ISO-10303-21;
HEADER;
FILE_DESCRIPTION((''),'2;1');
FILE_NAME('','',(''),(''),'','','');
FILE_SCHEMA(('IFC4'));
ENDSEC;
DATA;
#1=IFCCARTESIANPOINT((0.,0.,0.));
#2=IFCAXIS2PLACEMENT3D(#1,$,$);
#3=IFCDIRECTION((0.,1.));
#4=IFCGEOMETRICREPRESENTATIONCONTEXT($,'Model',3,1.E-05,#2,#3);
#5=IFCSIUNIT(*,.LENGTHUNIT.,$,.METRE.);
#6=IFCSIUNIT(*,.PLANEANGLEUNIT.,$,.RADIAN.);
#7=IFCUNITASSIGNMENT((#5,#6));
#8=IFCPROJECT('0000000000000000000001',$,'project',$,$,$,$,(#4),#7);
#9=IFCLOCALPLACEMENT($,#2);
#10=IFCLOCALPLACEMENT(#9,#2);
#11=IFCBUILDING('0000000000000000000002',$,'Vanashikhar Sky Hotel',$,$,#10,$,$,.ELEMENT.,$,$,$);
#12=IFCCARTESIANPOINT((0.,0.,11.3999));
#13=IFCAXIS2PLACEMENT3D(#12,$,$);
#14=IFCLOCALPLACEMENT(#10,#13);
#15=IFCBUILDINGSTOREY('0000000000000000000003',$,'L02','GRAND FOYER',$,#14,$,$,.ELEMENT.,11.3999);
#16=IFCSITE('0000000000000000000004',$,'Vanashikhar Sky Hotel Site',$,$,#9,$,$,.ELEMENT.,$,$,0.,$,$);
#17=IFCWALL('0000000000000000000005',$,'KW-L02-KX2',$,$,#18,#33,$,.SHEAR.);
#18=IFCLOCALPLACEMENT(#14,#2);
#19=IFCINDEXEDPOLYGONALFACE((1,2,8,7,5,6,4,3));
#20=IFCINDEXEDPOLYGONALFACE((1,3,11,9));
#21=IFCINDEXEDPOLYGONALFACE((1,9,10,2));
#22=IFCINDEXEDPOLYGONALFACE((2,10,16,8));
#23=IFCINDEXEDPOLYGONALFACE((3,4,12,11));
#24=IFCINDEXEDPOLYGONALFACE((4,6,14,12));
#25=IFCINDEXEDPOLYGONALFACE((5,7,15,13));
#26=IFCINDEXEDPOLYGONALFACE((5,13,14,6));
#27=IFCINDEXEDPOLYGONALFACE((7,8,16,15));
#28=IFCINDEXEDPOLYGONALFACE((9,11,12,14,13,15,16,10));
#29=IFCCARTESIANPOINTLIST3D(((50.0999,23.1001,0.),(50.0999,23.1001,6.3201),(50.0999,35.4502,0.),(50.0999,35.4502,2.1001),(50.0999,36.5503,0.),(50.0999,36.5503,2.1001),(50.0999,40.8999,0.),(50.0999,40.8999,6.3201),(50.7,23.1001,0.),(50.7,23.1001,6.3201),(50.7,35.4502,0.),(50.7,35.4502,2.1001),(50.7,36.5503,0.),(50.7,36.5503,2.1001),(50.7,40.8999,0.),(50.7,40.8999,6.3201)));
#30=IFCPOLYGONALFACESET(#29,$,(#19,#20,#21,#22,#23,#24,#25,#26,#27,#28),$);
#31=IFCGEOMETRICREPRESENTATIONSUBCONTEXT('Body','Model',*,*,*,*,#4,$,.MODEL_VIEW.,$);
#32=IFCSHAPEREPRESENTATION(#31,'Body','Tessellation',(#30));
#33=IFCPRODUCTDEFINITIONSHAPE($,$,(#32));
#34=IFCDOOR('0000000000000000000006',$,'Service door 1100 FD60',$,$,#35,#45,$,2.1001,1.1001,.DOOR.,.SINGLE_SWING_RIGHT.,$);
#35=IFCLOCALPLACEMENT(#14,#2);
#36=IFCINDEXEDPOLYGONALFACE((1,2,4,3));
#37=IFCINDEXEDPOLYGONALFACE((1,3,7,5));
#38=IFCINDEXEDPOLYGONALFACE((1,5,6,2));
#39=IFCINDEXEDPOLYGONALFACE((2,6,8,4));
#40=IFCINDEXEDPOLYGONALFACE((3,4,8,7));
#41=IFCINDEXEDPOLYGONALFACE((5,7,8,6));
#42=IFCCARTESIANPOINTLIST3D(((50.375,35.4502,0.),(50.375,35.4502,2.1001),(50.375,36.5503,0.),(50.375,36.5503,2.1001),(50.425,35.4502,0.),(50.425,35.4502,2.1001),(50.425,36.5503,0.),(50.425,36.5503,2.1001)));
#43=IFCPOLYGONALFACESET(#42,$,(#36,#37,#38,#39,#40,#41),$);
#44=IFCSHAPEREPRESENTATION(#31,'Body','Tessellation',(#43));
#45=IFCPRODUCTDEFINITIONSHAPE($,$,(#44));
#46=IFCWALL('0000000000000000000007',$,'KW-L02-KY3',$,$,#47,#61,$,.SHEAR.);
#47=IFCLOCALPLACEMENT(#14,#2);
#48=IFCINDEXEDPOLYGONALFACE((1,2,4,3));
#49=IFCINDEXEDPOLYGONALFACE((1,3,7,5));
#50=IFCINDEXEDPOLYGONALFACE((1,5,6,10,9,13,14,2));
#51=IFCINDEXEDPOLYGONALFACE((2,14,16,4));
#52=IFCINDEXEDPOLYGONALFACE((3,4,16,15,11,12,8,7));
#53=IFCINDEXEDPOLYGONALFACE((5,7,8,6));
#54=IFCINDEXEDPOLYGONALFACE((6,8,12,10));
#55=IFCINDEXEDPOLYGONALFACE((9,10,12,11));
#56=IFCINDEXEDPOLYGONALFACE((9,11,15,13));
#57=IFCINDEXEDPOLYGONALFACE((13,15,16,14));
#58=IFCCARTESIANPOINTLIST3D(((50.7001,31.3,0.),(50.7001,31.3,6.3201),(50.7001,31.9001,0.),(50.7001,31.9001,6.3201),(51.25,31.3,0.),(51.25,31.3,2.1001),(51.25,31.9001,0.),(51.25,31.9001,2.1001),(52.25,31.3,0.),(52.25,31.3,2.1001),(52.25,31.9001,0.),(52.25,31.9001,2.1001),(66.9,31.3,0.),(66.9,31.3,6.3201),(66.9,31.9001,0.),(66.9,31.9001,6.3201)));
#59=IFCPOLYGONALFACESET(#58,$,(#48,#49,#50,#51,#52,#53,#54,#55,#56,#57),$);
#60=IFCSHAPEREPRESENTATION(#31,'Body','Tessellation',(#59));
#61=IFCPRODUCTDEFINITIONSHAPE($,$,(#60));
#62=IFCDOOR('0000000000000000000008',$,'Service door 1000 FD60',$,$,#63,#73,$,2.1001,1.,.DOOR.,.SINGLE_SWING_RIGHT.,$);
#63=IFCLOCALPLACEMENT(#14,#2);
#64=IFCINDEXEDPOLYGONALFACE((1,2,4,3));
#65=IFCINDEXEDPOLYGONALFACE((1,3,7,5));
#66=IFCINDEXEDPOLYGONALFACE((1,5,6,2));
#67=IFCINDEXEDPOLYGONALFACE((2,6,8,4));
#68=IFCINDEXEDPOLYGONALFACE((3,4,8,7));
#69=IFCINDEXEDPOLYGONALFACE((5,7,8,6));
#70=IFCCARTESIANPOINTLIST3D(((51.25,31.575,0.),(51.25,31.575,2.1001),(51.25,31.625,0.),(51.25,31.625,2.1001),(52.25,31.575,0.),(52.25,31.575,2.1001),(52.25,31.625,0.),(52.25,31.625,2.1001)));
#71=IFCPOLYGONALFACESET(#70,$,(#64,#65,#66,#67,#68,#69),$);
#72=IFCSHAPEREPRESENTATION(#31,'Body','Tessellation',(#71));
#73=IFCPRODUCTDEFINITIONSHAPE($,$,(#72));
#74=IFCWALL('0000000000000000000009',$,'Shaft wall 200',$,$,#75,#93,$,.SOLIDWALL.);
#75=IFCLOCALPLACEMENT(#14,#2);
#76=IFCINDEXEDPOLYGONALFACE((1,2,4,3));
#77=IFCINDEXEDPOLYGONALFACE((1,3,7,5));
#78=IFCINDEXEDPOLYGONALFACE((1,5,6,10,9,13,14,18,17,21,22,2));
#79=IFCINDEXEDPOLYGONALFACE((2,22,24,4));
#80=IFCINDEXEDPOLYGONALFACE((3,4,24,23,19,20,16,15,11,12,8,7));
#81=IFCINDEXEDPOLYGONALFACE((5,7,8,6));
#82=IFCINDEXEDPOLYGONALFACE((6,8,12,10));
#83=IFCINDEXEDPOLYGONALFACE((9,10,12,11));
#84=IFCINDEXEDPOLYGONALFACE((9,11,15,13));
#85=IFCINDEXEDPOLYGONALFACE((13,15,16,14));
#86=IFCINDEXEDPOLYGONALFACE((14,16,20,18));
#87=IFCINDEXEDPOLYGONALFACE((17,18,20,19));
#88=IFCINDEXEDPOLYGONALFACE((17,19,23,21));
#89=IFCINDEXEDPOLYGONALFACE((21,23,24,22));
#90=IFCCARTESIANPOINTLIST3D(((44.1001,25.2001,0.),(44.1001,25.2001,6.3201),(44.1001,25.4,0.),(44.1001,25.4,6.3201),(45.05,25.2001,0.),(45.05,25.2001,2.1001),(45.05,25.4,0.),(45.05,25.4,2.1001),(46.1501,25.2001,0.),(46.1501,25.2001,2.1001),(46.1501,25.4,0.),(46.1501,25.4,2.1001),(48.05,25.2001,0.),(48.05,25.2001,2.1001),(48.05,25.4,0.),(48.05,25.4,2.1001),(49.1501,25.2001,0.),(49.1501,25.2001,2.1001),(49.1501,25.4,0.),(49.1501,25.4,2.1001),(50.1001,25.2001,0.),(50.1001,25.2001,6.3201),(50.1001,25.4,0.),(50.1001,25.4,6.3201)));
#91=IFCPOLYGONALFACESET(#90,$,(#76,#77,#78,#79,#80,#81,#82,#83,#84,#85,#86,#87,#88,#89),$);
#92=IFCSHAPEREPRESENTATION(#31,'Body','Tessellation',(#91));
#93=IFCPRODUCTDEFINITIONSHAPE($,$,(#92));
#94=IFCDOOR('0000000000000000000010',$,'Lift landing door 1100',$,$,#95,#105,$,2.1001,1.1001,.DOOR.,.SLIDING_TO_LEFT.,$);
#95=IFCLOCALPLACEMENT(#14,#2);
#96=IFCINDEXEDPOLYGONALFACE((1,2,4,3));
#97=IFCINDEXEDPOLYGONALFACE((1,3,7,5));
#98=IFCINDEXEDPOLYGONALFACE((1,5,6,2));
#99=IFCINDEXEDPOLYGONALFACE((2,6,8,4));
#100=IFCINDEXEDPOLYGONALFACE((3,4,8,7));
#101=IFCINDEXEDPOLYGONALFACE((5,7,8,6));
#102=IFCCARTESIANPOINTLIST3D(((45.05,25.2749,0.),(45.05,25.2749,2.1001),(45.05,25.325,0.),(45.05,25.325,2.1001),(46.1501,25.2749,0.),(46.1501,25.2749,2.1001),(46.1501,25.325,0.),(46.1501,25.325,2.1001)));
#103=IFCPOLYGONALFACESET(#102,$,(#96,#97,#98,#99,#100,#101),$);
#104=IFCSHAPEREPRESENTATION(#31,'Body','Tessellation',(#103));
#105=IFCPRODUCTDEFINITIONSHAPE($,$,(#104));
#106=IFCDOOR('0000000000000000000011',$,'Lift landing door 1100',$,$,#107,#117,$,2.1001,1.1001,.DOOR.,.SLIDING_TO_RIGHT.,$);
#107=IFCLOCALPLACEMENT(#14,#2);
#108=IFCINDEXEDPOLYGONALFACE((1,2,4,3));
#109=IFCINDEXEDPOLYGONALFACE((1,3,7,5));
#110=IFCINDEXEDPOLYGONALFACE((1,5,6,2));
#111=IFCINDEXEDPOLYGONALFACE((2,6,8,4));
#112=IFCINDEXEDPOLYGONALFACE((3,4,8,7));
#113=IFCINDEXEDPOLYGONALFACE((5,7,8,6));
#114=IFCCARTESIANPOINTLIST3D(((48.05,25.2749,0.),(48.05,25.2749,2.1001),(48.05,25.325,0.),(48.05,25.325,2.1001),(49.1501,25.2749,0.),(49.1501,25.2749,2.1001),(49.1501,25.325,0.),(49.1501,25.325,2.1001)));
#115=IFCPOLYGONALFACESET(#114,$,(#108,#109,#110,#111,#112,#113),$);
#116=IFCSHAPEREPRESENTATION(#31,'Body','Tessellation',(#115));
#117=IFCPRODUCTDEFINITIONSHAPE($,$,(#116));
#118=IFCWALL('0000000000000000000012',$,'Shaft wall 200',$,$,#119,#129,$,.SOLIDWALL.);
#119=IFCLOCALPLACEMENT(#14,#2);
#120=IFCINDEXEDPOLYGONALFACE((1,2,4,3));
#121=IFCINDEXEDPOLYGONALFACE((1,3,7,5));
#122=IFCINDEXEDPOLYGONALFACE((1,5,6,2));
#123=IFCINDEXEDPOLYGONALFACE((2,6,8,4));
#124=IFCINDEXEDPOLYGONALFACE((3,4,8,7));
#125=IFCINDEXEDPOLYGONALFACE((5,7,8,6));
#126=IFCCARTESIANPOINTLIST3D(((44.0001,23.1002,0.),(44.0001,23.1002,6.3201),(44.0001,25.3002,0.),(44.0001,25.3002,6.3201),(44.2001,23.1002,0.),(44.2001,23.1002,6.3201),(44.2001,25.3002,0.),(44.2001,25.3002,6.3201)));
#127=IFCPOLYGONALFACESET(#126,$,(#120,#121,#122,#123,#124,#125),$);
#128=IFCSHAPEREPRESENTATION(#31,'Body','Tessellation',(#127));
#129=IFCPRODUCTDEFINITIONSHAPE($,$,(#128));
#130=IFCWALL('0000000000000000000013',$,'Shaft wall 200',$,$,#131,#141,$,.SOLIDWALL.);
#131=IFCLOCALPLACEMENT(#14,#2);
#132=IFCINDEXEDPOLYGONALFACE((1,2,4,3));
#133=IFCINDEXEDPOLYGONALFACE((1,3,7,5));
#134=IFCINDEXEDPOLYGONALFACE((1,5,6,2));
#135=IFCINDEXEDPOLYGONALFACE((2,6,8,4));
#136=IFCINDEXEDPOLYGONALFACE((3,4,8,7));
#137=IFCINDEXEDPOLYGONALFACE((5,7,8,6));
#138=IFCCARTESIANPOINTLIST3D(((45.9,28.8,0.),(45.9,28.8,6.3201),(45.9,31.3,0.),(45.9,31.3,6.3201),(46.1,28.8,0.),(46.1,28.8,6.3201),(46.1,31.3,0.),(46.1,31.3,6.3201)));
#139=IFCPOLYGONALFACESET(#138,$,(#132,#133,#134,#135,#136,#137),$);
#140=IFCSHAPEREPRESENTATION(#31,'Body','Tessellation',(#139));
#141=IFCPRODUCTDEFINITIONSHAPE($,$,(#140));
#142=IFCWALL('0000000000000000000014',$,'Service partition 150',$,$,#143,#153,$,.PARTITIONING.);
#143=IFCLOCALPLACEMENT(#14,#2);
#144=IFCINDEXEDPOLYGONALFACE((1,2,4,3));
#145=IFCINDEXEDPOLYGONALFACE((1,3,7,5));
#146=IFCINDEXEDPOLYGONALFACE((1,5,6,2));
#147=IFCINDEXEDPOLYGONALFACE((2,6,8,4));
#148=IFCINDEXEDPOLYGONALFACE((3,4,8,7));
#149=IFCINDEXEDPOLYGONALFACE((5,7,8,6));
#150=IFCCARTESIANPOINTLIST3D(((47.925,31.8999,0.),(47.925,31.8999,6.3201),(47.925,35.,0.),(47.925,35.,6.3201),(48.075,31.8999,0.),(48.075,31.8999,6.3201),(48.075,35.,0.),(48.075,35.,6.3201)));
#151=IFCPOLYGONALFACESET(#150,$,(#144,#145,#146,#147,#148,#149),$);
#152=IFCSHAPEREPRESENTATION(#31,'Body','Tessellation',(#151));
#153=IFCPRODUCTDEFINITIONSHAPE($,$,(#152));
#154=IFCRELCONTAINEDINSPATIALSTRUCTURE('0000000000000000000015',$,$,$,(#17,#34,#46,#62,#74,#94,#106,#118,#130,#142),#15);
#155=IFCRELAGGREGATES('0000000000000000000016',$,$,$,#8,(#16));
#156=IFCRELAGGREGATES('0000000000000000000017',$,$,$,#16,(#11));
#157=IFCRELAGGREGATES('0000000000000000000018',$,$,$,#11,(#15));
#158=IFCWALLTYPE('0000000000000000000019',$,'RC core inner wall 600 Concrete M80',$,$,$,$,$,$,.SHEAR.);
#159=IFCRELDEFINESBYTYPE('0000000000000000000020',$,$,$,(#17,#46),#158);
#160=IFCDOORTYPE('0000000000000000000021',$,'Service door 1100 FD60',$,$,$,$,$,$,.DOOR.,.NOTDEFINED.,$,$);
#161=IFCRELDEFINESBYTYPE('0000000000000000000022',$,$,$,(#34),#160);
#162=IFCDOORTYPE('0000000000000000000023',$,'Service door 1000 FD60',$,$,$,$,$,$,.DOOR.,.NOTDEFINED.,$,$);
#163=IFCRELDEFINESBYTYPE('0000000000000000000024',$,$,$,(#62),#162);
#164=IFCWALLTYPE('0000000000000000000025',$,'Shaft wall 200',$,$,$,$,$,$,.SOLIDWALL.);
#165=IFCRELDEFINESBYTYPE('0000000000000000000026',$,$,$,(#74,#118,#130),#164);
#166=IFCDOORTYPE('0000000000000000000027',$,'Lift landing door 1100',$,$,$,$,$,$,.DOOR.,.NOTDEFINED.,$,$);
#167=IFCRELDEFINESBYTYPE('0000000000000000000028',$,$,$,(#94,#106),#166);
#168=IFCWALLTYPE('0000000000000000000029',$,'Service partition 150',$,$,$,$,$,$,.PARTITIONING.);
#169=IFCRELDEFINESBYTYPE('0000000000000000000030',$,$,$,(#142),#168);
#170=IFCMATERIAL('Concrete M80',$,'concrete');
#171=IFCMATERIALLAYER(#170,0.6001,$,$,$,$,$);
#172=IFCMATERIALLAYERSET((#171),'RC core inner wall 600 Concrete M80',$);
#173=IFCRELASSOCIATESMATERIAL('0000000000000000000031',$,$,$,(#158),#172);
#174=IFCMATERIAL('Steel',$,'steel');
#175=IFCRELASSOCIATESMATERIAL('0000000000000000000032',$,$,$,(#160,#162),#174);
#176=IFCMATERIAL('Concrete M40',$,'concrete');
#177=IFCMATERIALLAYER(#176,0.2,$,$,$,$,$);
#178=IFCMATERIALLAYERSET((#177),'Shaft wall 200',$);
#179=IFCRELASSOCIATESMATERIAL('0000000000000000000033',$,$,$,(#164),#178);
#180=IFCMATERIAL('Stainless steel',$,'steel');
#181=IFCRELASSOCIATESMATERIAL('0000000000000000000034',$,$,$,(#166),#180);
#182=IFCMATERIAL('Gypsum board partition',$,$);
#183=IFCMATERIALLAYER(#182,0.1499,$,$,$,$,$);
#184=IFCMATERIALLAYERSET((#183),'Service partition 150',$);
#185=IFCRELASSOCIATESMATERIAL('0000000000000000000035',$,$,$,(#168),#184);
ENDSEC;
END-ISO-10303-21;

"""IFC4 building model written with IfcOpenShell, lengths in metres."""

from ifc_helpers import new_model, si_unit, direction, frame, frame_2d, origin, place, context, subcontext, project, spatial, rectangle, extrude, source, transform, mapped, material, layer, layer_set, type_object, element, fill, save


model = new_model("IFC4")

# Units and contexts
model_context = context("Model", 3, precision=1e-05, world=origin(), true_north=direction((0.0, 1.0)))
body_context = subcontext(model_context, "Body", "Model", "MODEL_VIEW")
ifc_project = project(units=[si_unit("LENGTHUNIT", "METRE"), si_unit("PLANEANGLEUNIT", "RADIAN")], contexts=[model_context])

# Site, building, storey
site_placement = place(None, origin())
site = spatial("IfcSite", under=ifc_project, at=site_placement, Name="Vanashikhar Sky Hotel Site", CompositionType="ELEMENT", RefElevation=0.0)
building_placement = place(site_placement, origin())
building = spatial("IfcBuilding", under=site, at=building_placement, Name="Vanashikhar Sky Hotel", CompositionType="ELEMENT")
storey_placement = place(building_placement, frame((0.0, 0.0, 11.3999)))
storey = spatial("IfcBuildingStorey", under=building, at=storey_placement, Name="L02", Description="GRAND FOYER", CompositionType="ELEMENT", Elevation=11.3999)

# Walls, openings, doors
ifc_material_1 = material(Name="Concrete M80", Category="concrete")
ifc_layer_1 = layer(ifc_material_1, 0.6001)
ifc_layer_set_1 = layer_set([ifc_layer_1], Name="RC core inner wall 600 Concrete M80")
wall_type_1 = type_object("IfcWallType", Name="RC core inner wall 600 Concrete M80", PredefinedType="SHEAR", material=ifc_layer_set_1)
shared_shape_1 = source(origin(), body_context, "Body", "SweptSolid", [
    extrude(rectangle(XDim=17.7998, YDim=0.6001, at=frame_2d((8.8999, 0.0))), origin(), (0.0, 0.0, 1.0), 6.3201),
])
wall_1_placement = place(storey_placement, frame((50.3999, 23.1001, 0.0), z_axis=(0.0, 0.0, 1.0), x_axis=(0.0, 1.0, 0.0)))
wall_1 = element("IfcWall", 1, at=wall_1_placement, inside=storey, type_object=wall_type_1, Name="KW-L02-KX2", PredefinedType="SHEAR", context=body_context, shape_type="MappedRepresentation", body=[
    mapped(shared_shape_1, transform((0.0, 0.0, 0.0), scale=1.0)),
])
shared_shape_2 = source(origin(), body_context, "Body", "SweptSolid", [
    extrude(rectangle(XDim=1.1001, YDim=2.1001, at=frame_2d((0.55, 1.05))), frame((0.0, 0.3101, 0.0), z_axis=(0.0, -1.0, 0.0), x_axis=(1.0, 0.0, 0.0)), (0.0, 0.0, 1.0), 0.6201),
])
opening_1_placement = place(wall_1_placement, frame((12.3501, 0.0, 0.0)))
opening_1 = element("IfcOpeningElement", 2, at=opening_1_placement, cuts=wall_1, PredefinedType="OPENING", context=body_context, shape_type="MappedRepresentation", body=[
    mapped(shared_shape_2, transform((0.0, 0.0, 0.0), scale=1.0)),
])
ifc_material_2 = material(Name="Steel", Category="steel")
door_type_1 = type_object("IfcDoorType", Name="Service door 1100 FD60", OperationType="NOTDEFINED", PredefinedType="DOOR", material=ifc_material_2)
shared_shape_3 = source(origin(), body_context, "Body", "SweptSolid", [
    extrude(rectangle(XDim=1.1001, YDim=2.1001, at=frame_2d((0.55, 1.05))), frame((0.0, 0.0249, 0.0), z_axis=(0.0, -1.0, 0.0), x_axis=(1.0, 0.0, 0.0)), (0.0, 0.0, 1.0), 0.05),
])
door_1_placement = place(opening_1_placement, origin())
door_1 = element("IfcDoor", 3, at=door_1_placement, inside=storey, type_object=door_type_1, Name="Service door 1100 FD60", OperationType="SINGLE_SWING_RIGHT", OverallHeight=2.1001, OverallWidth=1.1001, PredefinedType="DOOR", context=body_context, shape_type="MappedRepresentation", body=[
    mapped(shared_shape_3, transform((0.0, 0.0, 0.0), scale=1.0)),
])
fill(opening_1, door_1)
shared_shape_4 = source(origin(), body_context, "Body", "SweptSolid", [
    extrude(rectangle(XDim=16.2, YDim=0.6001, at=frame_2d((8.1001, 0.0))), origin(), (0.0, 0.0, 1.0), 6.3201),
])
wall_2_placement = place(storey_placement, frame((50.7, 31.6001, 0.0), z_axis=(0.0, 0.0, 1.0), x_axis=(1.0, 0.0, 0.0)))
wall_2 = element("IfcWall", 4, at=wall_2_placement, inside=storey, type_object=wall_type_1, Name="KW-L02-KY3", PredefinedType="SHEAR", context=body_context, shape_type="MappedRepresentation", body=[
    mapped(shared_shape_4, transform((0.0, 0.0, 0.0), scale=1.0)),
])
shared_shape_5 = source(origin(), body_context, "Body", "SweptSolid", [
    extrude(rectangle(XDim=1.0, YDim=2.1001, at=frame_2d((0.5, 1.05))), frame((0.0, 0.3101, 0.0), z_axis=(0.0, -1.0, 0.0), x_axis=(1.0, 0.0, 0.0)), (0.0, 0.0, 1.0), 0.6201),
])
opening_2_placement = place(wall_2_placement, frame((0.55, 0.0, 0.0)))
opening_2 = element("IfcOpeningElement", 5, at=opening_2_placement, cuts=wall_2, PredefinedType="OPENING", context=body_context, shape_type="MappedRepresentation", body=[
    mapped(shared_shape_5, transform((0.0, 0.0, 0.0), scale=1.0)),
])
door_type_2 = type_object("IfcDoorType", Name="Service door 1000 FD60", OperationType="NOTDEFINED", PredefinedType="DOOR", material=ifc_material_2)
shared_shape_6 = source(origin(), body_context, "Body", "SweptSolid", [
    extrude(rectangle(XDim=1.0, YDim=2.1001, at=frame_2d((0.5, 1.05))), frame((0.0, 0.0249, 0.0), z_axis=(0.0, -1.0, 0.0), x_axis=(1.0, 0.0, 0.0)), (0.0, 0.0, 1.0), 0.05),
])
door_2_placement = place(opening_2_placement, origin())
door_2 = element("IfcDoor", 6, at=door_2_placement, inside=storey, type_object=door_type_2, Name="Service door 1000 FD60", OperationType="SINGLE_SWING_RIGHT", OverallHeight=2.1001, OverallWidth=1.0, PredefinedType="DOOR", context=body_context, shape_type="MappedRepresentation", body=[
    mapped(shared_shape_6, transform((0.0, 0.0, 0.0), scale=1.0)),
])
fill(opening_2, door_2)

# Wall, openings, doors
ifc_material_3 = material(Name="Concrete M40", Category="concrete")
ifc_layer_2 = layer(ifc_material_3, 0.2)
ifc_layer_set_2 = layer_set([ifc_layer_2], Name="Shaft wall 200")
wall_type_2 = type_object("IfcWallType", Name="Shaft wall 200", PredefinedType="SOLIDWALL", material=ifc_layer_set_2)
shared_shape_7 = source(origin(), body_context, "Body", "SweptSolid", [
    extrude(rectangle(XDim=6.0, YDim=0.2, at=frame_2d((3.0, 0.0))), origin(), (0.0, 0.0, 1.0), 6.3201),
])
wall_3_placement = place(storey_placement, frame((44.1001, 25.3, 0.0), z_axis=(0.0, 0.0, 1.0), x_axis=(1.0, 0.0, 0.0)))
wall_3 = element("IfcWall", 7, at=wall_3_placement, inside=storey, type_object=wall_type_2, Name="Shaft wall 200", PredefinedType="SOLIDWALL", context=body_context, shape_type="MappedRepresentation", body=[
    mapped(shared_shape_7, transform((0.0, 0.0, 0.0), scale=1.0)),
])
shared_shape_8 = source(origin(), body_context, "Body", "SweptSolid", [
    extrude(rectangle(XDim=1.1001, YDim=2.1001, at=frame_2d((0.55, 1.05))), frame((0.0, 0.1099, 0.0), z_axis=(0.0, -1.0, 0.0), x_axis=(1.0, 0.0, 0.0)), (0.0, 0.0, 1.0), 0.22),
])
opening_3_placement = place(wall_3_placement, frame((0.95, 0.0, 0.0)))
opening_3 = element("IfcOpeningElement", 8, at=opening_3_placement, cuts=wall_3, PredefinedType="OPENING", context=body_context, shape_type="MappedRepresentation", body=[
    mapped(shared_shape_8, transform((0.0, 0.0, 0.0), scale=1.0)),
])
opening_4_placement = place(wall_3_placement, frame((3.95, 0.0, 0.0)))
opening_4 = element("IfcOpeningElement", 9, at=opening_4_placement, cuts=wall_3, PredefinedType="OPENING", context=body_context, shape_type="MappedRepresentation", body=[
    mapped(shared_shape_8, transform((0.0, 0.0, 0.0), scale=1.0)),
])
ifc_material_4 = material(Name="Stainless steel", Category="steel")
door_type_3 = type_object("IfcDoorType", Name="Lift landing door 1100", OperationType="NOTDEFINED", PredefinedType="DOOR", material=ifc_material_4)
door_3_placement = place(opening_3_placement, origin())
door_3 = element("IfcDoor", 10, at=door_3_placement, inside=storey, type_object=door_type_3, Name="Lift landing door 1100", OperationType="SLIDING_TO_LEFT", OverallHeight=2.1001, OverallWidth=1.1001, PredefinedType="DOOR", context=body_context, shape_type="MappedRepresentation", body=[
    mapped(shared_shape_3, transform((0.0, 0.0, 0.0), scale=1.0)),
])
fill(opening_3, door_3)
door_4_placement = place(opening_4_placement, origin())
door_4 = element("IfcDoor", 11, at=door_4_placement, inside=storey, type_object=door_type_3, Name="Lift landing door 1100", OperationType="SLIDING_TO_RIGHT", OverallHeight=2.1001, OverallWidth=1.1001, PredefinedType="DOOR", context=body_context, shape_type="MappedRepresentation", body=[
    mapped(shared_shape_3, transform((0.0, 0.0, 0.0), scale=1.0)),
])
fill(opening_4, door_4)

# Walls
shared_shape_9 = source(origin(), body_context, "Body", "SweptSolid", [
    extrude(rectangle(XDim=2.2, YDim=0.2, at=frame_2d((1.1001, 0.0))), origin(), (0.0, 0.0, 1.0), 6.3201),
])
wall_4_placement = place(storey_placement, frame((44.1001, 23.1001, 0.0), z_axis=(0.0, 0.0, 1.0), x_axis=(0.0, 1.0, 0.0)))
element("IfcWall", 12, at=wall_4_placement, inside=storey, type_object=wall_type_2, Name="Shaft wall 200", PredefinedType="SOLIDWALL", context=body_context, shape_type="MappedRepresentation", body=[
    mapped(shared_shape_9, transform((0.0, 0.0, 0.0), scale=1.0)),
])
shared_shape_10 = source(origin(), body_context, "Body", "SweptSolid", [
    extrude(rectangle(XDim=2.5, YDim=0.2, at=frame_2d((1.25, 0.0))), origin(), (0.0, 0.0, 1.0), 6.3201),
])
wall_5_placement = place(storey_placement, frame((46.0, 28.8, 0.0), z_axis=(0.0, 0.0, 1.0), x_axis=(0.0, 1.0, 0.0)))
element("IfcWall", 13, at=wall_5_placement, inside=storey, type_object=wall_type_2, Name="Shaft wall 200", PredefinedType="SOLIDWALL", context=body_context, shape_type="MappedRepresentation", body=[
    mapped(shared_shape_10, transform((0.0, 0.0, 0.0), scale=1.0)),
])
ifc_material_5 = material(Name="Gypsum board partition")
ifc_layer_3 = layer(ifc_material_5, 0.1499)
ifc_layer_set_3 = layer_set([ifc_layer_3], Name="Service partition 150")
wall_type_3 = type_object("IfcWallType", Name="Service partition 150", PredefinedType="PARTITIONING", material=ifc_layer_set_3)
shared_shape_11 = source(origin(), body_context, "Body", "SweptSolid", [
    extrude(rectangle(XDim=3.1001, YDim=0.1499, at=frame_2d((1.55, 0.0))), origin(), (0.0, 0.0, 1.0), 6.3201),
])
for number, where, z_axis, x_axis, name in (
    (14, (48.0, 31.8999, 0.0), (0.0, 0.0, 1.0), (0.0, 1.0, 0.0), "Service partition 150"),
):
    element("IfcWall", number, at=place(storey_placement, frame(where, z_axis=z_axis, x_axis=x_axis)), inside=storey, type_object=wall_type_3, Name=name, PredefinedType="PARTITIONING", context=body_context, shape_type="MappedRepresentation", body=[
        mapped(shared_shape_11, transform((0.0, 0.0, 0.0), scale=1.0)),
    ])

save(model, "model.ifc")
